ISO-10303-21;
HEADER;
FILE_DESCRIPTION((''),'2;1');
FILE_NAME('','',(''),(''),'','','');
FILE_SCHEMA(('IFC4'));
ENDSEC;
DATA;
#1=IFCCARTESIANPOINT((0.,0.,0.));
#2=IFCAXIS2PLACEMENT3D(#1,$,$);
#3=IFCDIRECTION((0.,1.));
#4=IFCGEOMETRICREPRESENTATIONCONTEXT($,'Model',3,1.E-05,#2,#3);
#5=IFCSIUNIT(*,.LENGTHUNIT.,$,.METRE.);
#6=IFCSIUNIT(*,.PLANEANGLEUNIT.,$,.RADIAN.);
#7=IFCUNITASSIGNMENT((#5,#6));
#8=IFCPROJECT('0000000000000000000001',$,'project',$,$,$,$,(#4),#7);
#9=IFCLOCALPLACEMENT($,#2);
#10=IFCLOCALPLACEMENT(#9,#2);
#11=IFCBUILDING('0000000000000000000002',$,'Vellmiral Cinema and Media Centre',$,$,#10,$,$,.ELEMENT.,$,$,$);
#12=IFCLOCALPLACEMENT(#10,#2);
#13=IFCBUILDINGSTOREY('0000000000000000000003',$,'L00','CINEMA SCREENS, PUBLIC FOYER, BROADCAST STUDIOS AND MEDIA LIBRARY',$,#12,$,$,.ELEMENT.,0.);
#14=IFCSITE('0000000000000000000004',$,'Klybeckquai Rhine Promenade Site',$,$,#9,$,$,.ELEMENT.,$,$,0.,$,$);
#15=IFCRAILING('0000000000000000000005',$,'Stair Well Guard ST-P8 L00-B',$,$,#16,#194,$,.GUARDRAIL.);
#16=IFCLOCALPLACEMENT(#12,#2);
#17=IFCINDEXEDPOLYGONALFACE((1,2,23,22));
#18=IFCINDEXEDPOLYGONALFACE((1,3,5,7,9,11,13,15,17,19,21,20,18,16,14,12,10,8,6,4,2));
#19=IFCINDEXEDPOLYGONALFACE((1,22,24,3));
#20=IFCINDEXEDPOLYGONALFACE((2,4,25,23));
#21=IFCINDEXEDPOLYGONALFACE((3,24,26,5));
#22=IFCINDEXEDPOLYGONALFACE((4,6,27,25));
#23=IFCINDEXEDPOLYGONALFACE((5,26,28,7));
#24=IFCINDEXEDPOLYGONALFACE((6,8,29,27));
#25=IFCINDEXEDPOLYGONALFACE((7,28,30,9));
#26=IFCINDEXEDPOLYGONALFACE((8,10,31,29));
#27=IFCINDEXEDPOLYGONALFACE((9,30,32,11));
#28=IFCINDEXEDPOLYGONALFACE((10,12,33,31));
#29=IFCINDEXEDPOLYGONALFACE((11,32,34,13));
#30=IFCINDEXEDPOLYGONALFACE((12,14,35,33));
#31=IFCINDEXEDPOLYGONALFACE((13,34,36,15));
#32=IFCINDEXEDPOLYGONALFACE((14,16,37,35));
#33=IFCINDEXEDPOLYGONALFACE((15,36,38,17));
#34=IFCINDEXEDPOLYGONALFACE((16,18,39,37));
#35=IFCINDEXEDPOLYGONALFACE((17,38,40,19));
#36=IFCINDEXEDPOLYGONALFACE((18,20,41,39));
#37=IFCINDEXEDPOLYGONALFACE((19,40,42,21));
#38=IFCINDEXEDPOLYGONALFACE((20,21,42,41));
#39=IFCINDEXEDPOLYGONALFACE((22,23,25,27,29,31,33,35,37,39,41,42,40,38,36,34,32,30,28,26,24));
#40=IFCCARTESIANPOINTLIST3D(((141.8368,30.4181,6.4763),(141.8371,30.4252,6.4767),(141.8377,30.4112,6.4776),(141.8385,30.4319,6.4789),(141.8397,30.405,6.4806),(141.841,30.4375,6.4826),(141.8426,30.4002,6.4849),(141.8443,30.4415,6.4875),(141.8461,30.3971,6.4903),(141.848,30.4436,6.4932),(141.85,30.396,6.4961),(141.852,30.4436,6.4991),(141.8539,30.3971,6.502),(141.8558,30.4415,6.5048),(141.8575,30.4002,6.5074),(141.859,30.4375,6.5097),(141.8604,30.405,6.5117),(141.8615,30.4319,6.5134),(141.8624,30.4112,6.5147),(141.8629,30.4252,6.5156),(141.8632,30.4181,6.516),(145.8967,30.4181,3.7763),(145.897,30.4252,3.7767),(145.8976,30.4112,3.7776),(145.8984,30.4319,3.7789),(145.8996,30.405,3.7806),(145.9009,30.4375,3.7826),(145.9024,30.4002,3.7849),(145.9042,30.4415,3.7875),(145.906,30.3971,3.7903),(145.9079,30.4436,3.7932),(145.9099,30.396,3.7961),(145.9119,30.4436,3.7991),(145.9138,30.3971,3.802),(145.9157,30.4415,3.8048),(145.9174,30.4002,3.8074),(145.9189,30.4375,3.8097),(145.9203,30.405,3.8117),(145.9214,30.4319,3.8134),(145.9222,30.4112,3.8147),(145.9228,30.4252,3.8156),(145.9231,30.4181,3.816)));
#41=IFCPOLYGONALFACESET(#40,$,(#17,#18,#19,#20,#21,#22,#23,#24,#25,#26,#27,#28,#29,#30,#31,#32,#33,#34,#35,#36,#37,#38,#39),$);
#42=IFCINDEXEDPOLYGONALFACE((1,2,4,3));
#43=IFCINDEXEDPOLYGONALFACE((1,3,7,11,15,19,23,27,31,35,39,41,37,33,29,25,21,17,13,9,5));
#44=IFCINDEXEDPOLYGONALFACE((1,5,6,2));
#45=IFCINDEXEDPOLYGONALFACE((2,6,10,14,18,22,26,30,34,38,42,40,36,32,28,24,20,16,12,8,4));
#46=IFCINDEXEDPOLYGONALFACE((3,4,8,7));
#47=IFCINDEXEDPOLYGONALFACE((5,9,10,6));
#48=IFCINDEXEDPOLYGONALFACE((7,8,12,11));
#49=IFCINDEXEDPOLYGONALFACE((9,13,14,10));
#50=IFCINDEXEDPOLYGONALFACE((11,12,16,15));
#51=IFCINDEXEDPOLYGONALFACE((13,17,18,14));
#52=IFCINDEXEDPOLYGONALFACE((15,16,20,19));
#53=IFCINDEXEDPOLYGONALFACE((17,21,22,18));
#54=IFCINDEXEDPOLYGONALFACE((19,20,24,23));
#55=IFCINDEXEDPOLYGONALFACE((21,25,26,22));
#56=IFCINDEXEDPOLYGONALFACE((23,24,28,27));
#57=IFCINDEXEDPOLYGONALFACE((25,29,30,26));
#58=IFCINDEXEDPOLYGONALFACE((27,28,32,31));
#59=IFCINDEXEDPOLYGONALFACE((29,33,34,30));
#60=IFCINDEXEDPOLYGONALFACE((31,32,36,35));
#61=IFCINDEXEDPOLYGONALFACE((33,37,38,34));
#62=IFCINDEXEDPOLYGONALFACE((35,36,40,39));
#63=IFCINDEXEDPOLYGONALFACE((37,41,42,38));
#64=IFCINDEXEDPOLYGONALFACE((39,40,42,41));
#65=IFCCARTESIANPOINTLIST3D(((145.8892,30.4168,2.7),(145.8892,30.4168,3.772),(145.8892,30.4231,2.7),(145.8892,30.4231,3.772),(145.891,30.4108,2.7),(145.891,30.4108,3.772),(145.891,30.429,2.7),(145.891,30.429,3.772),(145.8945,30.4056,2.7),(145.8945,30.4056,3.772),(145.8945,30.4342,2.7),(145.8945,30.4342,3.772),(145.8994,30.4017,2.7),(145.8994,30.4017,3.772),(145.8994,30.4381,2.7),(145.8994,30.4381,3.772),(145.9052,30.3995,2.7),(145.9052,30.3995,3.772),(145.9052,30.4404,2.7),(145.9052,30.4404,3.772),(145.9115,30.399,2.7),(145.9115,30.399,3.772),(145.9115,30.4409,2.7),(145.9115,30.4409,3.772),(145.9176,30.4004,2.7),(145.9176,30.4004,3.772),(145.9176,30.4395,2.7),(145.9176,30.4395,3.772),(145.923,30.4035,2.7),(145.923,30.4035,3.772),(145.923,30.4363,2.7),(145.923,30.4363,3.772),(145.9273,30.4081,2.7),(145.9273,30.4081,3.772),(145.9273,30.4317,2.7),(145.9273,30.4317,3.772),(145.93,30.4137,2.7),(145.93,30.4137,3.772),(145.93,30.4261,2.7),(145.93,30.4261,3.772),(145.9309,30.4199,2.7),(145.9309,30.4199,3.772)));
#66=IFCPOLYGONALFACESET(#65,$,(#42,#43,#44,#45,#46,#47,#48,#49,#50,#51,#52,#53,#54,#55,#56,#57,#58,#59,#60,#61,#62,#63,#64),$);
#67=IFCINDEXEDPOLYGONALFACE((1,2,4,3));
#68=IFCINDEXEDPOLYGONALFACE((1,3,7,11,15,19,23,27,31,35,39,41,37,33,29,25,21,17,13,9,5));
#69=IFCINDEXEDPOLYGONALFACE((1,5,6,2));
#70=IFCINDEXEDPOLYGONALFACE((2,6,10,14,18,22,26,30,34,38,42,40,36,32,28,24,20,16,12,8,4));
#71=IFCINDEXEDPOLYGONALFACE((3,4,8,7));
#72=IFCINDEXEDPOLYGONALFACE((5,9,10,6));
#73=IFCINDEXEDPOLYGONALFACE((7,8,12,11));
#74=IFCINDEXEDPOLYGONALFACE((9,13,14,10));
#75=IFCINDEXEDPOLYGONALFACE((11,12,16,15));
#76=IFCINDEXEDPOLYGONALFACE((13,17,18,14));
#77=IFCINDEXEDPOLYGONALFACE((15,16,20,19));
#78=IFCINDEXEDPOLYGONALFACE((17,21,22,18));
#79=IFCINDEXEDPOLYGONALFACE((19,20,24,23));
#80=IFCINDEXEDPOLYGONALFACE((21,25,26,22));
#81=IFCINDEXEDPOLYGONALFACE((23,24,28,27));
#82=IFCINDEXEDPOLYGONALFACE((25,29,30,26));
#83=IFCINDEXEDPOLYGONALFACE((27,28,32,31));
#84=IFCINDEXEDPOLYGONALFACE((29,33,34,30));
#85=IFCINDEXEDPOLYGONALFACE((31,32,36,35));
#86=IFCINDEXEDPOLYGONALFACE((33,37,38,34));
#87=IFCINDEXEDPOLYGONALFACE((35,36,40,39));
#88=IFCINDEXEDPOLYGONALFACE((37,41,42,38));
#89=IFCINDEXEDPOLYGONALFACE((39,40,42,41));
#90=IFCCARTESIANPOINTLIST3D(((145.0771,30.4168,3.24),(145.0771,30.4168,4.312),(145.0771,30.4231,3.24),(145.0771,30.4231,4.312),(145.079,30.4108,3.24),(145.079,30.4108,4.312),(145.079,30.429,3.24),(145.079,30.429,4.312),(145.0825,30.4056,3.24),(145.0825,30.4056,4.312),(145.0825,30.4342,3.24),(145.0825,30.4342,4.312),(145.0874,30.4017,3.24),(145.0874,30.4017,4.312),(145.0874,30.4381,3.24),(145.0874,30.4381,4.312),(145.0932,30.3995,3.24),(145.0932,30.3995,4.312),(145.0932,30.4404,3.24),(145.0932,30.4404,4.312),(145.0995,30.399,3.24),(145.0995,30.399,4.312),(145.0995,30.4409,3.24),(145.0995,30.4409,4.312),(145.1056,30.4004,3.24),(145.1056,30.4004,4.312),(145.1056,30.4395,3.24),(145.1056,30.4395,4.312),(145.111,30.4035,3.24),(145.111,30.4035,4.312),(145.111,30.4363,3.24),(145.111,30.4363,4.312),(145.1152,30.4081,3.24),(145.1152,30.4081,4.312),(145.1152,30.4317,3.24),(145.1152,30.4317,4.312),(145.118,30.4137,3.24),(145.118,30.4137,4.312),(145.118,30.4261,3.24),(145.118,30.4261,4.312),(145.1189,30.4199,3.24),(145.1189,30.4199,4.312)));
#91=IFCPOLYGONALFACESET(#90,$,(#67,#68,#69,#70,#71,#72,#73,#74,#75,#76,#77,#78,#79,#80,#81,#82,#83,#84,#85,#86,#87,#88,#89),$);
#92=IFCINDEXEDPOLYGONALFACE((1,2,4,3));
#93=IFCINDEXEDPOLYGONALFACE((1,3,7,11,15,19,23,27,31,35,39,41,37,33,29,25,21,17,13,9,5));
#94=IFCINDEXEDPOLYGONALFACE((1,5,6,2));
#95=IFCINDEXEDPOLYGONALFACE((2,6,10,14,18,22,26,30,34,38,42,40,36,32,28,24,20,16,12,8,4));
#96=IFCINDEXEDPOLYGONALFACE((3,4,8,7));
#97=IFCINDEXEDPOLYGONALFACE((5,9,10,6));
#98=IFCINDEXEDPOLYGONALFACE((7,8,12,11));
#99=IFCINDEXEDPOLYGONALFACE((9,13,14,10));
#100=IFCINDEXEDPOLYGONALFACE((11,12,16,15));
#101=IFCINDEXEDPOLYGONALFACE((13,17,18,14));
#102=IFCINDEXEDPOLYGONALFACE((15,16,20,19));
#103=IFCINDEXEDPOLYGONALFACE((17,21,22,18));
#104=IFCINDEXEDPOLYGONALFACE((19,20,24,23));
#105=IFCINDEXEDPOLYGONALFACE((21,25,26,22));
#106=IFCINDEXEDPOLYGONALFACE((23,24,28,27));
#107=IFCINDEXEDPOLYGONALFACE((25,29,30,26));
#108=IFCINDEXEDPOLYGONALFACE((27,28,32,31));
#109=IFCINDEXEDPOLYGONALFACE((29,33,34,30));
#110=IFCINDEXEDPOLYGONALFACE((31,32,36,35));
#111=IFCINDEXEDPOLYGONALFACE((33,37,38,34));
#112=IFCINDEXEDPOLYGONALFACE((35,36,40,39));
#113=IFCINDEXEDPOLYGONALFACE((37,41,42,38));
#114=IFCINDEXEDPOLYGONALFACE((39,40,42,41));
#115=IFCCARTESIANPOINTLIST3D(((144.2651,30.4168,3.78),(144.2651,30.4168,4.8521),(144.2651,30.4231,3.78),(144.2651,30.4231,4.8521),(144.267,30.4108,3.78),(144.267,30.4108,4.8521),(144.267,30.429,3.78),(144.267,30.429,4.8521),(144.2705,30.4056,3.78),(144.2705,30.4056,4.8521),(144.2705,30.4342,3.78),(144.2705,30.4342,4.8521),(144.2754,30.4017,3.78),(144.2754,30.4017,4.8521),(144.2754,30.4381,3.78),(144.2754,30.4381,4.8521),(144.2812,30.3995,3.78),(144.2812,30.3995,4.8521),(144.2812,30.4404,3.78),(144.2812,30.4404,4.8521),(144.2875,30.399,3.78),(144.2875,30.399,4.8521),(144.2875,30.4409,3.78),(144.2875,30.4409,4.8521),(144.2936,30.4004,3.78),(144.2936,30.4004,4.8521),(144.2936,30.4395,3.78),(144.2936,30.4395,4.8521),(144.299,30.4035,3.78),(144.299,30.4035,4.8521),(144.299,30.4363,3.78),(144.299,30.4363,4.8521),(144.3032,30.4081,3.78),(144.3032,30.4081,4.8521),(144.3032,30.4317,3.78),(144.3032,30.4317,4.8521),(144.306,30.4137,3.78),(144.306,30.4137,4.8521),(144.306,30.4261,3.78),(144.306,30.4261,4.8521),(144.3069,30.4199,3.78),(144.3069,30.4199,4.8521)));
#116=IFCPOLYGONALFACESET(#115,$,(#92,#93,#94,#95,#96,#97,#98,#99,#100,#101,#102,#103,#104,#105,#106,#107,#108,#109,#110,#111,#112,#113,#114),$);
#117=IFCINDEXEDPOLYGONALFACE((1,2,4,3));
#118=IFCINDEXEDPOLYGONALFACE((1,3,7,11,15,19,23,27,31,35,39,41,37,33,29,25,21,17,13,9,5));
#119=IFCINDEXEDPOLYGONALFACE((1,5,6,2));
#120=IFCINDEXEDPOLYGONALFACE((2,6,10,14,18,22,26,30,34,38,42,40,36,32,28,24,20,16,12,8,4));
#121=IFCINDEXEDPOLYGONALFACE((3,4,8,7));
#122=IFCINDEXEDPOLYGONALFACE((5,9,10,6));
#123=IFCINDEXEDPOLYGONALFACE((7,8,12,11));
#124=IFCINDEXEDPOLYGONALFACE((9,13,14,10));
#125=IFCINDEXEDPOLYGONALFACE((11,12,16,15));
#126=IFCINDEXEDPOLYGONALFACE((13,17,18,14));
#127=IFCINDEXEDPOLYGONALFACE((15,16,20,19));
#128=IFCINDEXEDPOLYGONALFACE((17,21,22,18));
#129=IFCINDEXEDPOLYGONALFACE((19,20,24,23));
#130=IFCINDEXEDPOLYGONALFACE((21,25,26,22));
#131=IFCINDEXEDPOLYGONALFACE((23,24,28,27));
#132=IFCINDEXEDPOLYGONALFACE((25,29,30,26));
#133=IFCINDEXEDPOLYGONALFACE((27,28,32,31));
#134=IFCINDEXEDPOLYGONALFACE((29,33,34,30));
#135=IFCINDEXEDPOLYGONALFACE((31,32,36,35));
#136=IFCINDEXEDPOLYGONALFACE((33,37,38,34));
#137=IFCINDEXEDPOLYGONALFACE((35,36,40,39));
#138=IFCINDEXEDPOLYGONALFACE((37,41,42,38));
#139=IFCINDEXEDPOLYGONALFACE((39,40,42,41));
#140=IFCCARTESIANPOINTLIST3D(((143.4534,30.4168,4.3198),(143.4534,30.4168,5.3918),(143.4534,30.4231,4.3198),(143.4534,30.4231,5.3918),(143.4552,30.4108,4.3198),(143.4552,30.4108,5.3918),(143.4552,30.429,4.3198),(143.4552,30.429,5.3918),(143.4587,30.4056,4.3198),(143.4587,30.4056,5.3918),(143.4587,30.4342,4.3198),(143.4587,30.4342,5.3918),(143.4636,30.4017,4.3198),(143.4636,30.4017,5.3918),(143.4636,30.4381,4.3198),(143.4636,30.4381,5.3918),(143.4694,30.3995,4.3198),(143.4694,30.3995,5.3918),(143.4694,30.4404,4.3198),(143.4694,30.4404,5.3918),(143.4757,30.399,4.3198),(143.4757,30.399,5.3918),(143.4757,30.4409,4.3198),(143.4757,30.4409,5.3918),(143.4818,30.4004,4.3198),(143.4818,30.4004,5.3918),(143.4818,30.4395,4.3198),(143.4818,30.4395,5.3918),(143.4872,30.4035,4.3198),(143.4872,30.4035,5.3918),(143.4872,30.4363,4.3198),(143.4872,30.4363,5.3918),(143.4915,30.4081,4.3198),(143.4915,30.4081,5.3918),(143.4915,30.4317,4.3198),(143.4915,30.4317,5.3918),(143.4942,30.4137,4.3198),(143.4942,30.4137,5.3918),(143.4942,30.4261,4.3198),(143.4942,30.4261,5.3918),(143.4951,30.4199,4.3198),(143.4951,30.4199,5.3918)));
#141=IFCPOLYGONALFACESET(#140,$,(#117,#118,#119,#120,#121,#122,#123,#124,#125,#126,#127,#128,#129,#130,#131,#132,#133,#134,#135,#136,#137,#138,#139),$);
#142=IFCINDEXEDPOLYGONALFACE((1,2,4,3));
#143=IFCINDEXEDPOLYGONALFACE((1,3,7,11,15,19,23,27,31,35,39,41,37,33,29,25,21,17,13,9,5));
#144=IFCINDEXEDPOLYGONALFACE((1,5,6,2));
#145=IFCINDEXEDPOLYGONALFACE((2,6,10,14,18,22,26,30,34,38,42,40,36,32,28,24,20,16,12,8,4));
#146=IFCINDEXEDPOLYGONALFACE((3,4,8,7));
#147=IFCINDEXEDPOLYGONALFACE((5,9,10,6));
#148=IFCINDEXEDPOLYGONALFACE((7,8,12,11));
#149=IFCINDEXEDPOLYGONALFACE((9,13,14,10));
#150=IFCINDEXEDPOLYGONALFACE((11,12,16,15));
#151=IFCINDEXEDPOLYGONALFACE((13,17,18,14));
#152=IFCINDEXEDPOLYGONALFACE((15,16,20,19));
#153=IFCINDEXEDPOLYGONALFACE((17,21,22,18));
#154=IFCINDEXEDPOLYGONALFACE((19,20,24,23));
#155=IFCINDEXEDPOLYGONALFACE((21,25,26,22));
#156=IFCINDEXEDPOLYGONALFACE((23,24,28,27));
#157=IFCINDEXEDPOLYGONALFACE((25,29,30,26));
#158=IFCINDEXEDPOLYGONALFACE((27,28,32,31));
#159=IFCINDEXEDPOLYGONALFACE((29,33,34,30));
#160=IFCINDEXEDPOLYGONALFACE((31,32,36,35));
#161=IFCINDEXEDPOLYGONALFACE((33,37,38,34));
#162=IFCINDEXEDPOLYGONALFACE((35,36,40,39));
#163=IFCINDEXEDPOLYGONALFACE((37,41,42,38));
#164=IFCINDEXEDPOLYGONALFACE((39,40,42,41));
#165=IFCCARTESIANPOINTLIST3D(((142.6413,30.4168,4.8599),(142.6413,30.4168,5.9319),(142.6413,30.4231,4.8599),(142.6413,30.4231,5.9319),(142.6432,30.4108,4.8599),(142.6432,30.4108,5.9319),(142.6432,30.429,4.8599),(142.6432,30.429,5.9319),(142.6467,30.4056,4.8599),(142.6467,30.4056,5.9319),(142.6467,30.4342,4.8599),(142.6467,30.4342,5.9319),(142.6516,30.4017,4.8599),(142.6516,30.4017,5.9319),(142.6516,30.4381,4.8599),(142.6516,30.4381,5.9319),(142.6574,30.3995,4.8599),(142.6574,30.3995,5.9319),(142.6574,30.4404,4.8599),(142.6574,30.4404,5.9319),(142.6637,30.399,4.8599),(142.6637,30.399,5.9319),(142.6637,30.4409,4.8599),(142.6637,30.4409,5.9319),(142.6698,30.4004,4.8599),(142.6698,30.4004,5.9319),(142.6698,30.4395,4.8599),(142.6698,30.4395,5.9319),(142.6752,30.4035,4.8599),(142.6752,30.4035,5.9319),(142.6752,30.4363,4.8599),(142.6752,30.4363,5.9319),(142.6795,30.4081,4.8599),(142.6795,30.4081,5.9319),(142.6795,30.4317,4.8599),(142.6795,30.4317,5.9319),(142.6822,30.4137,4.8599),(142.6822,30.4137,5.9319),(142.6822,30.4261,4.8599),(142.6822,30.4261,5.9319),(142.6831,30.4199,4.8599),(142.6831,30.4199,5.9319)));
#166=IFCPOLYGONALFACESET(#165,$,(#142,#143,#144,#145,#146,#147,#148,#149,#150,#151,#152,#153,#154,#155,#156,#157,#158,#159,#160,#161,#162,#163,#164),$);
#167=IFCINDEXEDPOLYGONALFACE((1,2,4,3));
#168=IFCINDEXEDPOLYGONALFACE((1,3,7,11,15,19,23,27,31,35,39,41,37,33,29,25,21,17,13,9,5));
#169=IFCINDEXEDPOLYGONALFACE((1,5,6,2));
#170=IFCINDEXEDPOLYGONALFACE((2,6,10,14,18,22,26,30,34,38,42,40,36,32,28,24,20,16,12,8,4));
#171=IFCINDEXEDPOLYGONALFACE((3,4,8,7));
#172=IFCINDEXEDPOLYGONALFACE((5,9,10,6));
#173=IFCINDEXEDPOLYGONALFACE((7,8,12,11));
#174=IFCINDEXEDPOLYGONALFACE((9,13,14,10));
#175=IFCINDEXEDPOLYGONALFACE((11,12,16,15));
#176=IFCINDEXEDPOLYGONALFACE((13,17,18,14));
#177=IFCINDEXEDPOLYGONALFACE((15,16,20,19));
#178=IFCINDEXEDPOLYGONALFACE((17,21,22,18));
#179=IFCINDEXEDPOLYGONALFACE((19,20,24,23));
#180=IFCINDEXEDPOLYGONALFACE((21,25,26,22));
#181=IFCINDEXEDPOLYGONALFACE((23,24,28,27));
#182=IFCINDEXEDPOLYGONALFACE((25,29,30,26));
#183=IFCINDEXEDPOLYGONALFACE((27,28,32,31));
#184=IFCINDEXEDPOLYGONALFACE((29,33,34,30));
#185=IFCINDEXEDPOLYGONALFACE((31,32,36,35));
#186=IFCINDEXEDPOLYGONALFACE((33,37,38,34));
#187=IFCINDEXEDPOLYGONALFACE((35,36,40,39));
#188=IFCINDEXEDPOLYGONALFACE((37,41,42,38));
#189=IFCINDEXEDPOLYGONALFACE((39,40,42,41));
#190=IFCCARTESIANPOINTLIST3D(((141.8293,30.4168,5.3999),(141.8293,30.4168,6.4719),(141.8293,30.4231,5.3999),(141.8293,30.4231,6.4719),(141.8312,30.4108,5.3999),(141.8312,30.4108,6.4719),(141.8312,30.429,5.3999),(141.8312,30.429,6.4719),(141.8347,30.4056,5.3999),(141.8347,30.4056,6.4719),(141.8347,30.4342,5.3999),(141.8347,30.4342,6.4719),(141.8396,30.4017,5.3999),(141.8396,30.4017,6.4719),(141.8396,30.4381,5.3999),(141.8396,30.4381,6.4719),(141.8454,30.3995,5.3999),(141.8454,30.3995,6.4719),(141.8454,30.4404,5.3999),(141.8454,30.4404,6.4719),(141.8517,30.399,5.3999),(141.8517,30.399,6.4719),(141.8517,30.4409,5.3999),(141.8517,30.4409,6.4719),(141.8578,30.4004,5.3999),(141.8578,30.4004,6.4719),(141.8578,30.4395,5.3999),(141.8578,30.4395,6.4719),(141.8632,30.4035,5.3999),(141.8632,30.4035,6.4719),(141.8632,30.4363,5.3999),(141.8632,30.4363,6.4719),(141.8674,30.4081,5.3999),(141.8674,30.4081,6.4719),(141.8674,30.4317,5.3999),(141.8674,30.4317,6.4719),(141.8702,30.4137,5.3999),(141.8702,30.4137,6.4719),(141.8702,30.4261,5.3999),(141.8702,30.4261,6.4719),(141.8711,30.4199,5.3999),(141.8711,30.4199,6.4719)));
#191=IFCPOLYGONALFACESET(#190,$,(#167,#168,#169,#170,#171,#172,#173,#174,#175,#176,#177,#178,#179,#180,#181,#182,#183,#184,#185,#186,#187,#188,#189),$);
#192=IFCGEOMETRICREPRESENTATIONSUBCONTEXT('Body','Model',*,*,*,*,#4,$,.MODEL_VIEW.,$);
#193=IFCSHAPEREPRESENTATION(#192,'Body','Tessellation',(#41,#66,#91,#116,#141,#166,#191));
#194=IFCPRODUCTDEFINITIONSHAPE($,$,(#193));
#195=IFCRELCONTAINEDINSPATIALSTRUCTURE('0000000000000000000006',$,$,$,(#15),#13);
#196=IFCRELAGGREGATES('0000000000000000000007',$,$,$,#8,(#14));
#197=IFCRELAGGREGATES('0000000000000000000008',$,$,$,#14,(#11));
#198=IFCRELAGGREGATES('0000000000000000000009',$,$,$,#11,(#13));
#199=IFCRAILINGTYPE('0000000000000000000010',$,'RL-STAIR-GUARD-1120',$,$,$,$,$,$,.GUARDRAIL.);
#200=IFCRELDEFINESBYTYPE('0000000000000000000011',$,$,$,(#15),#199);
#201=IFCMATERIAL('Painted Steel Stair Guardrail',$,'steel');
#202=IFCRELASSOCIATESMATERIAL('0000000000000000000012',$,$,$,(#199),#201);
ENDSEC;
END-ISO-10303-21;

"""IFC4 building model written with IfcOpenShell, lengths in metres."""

from ifc_helpers import new_model, si_unit, direction, frame, origin, origin_2d, place, context, subcontext, project, spatial, circle, extrude, material, type_object, element, save


model = new_model("IFC4")

# Units and contexts
model_context = context("Model", 3, precision=1e-05, world=origin(), true_north=direction((0.0, 1.0)))
body_context = subcontext(model_context, "Body", "Model", "MODEL_VIEW")
ifc_project = project(units=[si_unit("LENGTHUNIT", "METRE"), si_unit("PLANEANGLEUNIT", "RADIAN")], contexts=[model_context])

# Site, building, storey
site_placement = place(None, origin())
site = spatial("IfcSite", under=ifc_project, at=site_placement, Name="Klybeckquai Rhine Promenade Site", CompositionType="ELEMENT", RefElevation=0.0)
building_placement = place(site_placement, origin())
building = spatial("IfcBuilding", under=site, at=building_placement, Name="Vellmiral Cinema and Media Centre", CompositionType="ELEMENT")
storey_placement = place(building_placement, origin())
storey = spatial("IfcBuildingStorey", under=building, at=storey_placement, Name="L00", Description="CINEMA SCREENS, PUBLIC FOYER, BROADCAST STUDIOS AND MEDIA LIBRARY", CompositionType="ELEMENT", Elevation=0.0)

# Railing
ifc_material_1 = material(Name="Painted Steel Stair Guardrail", Category="steel")
railing_type_1 = type_object("IfcRailingType", Name="RL-STAIR-GUARD-1120", PredefinedType="GUARDRAIL", material=ifc_material_1)
railing_1_placement = place(storey_placement, frame((145.9099, 30.4199, 2.7)))
element("IfcRailing", 1, at=railing_1_placement, inside=storey, type_object=railing_type_1, Name="Stair Well Guard ST-P8 L00-B", PredefinedType="GUARDRAIL", context=body_context, shape_type="SweptSolid", body=[
    extrude(circle(Radius=0.0239, at=origin_2d()), frame((0.0, 0.0, 1.0962), z_axis=(-0.832674, 0.0, 0.553764), x_axis=(0.0, -1.0, 0.0)), (0.0, 0.0, 1.0), 4.8757),
    extrude(circle(Radius=0.021, at=origin_2d()), origin(), (0.0, 0.0, 1.0), 1.072),
    extrude(circle(Radius=0.021, at=origin_2d()), frame((-0.812, 0.0, 0.54)), (0.0, 0.0, 1.0), 1.072),
    extrude(circle(Radius=0.021, at=origin_2d()), frame((-1.624, 0.0, 1.0801)), (0.0, 0.0, 1.0), 1.072),
    extrude(circle(Radius=0.021, at=origin_2d()), frame((-2.4358, 0.0, 1.6199)), (0.0, 0.0, 1.0), 1.072),
    extrude(circle(Radius=0.021, at=origin_2d()), frame((-3.2478, 0.0, 2.1599)), (0.0, 0.0, 1.0), 1.072),
    extrude(circle(Radius=0.021, at=origin_2d()), frame((-4.0598, 0.0, 2.7)), (0.0, 0.0, 1.0), 1.072),
])

save(model, "model.ifc")
